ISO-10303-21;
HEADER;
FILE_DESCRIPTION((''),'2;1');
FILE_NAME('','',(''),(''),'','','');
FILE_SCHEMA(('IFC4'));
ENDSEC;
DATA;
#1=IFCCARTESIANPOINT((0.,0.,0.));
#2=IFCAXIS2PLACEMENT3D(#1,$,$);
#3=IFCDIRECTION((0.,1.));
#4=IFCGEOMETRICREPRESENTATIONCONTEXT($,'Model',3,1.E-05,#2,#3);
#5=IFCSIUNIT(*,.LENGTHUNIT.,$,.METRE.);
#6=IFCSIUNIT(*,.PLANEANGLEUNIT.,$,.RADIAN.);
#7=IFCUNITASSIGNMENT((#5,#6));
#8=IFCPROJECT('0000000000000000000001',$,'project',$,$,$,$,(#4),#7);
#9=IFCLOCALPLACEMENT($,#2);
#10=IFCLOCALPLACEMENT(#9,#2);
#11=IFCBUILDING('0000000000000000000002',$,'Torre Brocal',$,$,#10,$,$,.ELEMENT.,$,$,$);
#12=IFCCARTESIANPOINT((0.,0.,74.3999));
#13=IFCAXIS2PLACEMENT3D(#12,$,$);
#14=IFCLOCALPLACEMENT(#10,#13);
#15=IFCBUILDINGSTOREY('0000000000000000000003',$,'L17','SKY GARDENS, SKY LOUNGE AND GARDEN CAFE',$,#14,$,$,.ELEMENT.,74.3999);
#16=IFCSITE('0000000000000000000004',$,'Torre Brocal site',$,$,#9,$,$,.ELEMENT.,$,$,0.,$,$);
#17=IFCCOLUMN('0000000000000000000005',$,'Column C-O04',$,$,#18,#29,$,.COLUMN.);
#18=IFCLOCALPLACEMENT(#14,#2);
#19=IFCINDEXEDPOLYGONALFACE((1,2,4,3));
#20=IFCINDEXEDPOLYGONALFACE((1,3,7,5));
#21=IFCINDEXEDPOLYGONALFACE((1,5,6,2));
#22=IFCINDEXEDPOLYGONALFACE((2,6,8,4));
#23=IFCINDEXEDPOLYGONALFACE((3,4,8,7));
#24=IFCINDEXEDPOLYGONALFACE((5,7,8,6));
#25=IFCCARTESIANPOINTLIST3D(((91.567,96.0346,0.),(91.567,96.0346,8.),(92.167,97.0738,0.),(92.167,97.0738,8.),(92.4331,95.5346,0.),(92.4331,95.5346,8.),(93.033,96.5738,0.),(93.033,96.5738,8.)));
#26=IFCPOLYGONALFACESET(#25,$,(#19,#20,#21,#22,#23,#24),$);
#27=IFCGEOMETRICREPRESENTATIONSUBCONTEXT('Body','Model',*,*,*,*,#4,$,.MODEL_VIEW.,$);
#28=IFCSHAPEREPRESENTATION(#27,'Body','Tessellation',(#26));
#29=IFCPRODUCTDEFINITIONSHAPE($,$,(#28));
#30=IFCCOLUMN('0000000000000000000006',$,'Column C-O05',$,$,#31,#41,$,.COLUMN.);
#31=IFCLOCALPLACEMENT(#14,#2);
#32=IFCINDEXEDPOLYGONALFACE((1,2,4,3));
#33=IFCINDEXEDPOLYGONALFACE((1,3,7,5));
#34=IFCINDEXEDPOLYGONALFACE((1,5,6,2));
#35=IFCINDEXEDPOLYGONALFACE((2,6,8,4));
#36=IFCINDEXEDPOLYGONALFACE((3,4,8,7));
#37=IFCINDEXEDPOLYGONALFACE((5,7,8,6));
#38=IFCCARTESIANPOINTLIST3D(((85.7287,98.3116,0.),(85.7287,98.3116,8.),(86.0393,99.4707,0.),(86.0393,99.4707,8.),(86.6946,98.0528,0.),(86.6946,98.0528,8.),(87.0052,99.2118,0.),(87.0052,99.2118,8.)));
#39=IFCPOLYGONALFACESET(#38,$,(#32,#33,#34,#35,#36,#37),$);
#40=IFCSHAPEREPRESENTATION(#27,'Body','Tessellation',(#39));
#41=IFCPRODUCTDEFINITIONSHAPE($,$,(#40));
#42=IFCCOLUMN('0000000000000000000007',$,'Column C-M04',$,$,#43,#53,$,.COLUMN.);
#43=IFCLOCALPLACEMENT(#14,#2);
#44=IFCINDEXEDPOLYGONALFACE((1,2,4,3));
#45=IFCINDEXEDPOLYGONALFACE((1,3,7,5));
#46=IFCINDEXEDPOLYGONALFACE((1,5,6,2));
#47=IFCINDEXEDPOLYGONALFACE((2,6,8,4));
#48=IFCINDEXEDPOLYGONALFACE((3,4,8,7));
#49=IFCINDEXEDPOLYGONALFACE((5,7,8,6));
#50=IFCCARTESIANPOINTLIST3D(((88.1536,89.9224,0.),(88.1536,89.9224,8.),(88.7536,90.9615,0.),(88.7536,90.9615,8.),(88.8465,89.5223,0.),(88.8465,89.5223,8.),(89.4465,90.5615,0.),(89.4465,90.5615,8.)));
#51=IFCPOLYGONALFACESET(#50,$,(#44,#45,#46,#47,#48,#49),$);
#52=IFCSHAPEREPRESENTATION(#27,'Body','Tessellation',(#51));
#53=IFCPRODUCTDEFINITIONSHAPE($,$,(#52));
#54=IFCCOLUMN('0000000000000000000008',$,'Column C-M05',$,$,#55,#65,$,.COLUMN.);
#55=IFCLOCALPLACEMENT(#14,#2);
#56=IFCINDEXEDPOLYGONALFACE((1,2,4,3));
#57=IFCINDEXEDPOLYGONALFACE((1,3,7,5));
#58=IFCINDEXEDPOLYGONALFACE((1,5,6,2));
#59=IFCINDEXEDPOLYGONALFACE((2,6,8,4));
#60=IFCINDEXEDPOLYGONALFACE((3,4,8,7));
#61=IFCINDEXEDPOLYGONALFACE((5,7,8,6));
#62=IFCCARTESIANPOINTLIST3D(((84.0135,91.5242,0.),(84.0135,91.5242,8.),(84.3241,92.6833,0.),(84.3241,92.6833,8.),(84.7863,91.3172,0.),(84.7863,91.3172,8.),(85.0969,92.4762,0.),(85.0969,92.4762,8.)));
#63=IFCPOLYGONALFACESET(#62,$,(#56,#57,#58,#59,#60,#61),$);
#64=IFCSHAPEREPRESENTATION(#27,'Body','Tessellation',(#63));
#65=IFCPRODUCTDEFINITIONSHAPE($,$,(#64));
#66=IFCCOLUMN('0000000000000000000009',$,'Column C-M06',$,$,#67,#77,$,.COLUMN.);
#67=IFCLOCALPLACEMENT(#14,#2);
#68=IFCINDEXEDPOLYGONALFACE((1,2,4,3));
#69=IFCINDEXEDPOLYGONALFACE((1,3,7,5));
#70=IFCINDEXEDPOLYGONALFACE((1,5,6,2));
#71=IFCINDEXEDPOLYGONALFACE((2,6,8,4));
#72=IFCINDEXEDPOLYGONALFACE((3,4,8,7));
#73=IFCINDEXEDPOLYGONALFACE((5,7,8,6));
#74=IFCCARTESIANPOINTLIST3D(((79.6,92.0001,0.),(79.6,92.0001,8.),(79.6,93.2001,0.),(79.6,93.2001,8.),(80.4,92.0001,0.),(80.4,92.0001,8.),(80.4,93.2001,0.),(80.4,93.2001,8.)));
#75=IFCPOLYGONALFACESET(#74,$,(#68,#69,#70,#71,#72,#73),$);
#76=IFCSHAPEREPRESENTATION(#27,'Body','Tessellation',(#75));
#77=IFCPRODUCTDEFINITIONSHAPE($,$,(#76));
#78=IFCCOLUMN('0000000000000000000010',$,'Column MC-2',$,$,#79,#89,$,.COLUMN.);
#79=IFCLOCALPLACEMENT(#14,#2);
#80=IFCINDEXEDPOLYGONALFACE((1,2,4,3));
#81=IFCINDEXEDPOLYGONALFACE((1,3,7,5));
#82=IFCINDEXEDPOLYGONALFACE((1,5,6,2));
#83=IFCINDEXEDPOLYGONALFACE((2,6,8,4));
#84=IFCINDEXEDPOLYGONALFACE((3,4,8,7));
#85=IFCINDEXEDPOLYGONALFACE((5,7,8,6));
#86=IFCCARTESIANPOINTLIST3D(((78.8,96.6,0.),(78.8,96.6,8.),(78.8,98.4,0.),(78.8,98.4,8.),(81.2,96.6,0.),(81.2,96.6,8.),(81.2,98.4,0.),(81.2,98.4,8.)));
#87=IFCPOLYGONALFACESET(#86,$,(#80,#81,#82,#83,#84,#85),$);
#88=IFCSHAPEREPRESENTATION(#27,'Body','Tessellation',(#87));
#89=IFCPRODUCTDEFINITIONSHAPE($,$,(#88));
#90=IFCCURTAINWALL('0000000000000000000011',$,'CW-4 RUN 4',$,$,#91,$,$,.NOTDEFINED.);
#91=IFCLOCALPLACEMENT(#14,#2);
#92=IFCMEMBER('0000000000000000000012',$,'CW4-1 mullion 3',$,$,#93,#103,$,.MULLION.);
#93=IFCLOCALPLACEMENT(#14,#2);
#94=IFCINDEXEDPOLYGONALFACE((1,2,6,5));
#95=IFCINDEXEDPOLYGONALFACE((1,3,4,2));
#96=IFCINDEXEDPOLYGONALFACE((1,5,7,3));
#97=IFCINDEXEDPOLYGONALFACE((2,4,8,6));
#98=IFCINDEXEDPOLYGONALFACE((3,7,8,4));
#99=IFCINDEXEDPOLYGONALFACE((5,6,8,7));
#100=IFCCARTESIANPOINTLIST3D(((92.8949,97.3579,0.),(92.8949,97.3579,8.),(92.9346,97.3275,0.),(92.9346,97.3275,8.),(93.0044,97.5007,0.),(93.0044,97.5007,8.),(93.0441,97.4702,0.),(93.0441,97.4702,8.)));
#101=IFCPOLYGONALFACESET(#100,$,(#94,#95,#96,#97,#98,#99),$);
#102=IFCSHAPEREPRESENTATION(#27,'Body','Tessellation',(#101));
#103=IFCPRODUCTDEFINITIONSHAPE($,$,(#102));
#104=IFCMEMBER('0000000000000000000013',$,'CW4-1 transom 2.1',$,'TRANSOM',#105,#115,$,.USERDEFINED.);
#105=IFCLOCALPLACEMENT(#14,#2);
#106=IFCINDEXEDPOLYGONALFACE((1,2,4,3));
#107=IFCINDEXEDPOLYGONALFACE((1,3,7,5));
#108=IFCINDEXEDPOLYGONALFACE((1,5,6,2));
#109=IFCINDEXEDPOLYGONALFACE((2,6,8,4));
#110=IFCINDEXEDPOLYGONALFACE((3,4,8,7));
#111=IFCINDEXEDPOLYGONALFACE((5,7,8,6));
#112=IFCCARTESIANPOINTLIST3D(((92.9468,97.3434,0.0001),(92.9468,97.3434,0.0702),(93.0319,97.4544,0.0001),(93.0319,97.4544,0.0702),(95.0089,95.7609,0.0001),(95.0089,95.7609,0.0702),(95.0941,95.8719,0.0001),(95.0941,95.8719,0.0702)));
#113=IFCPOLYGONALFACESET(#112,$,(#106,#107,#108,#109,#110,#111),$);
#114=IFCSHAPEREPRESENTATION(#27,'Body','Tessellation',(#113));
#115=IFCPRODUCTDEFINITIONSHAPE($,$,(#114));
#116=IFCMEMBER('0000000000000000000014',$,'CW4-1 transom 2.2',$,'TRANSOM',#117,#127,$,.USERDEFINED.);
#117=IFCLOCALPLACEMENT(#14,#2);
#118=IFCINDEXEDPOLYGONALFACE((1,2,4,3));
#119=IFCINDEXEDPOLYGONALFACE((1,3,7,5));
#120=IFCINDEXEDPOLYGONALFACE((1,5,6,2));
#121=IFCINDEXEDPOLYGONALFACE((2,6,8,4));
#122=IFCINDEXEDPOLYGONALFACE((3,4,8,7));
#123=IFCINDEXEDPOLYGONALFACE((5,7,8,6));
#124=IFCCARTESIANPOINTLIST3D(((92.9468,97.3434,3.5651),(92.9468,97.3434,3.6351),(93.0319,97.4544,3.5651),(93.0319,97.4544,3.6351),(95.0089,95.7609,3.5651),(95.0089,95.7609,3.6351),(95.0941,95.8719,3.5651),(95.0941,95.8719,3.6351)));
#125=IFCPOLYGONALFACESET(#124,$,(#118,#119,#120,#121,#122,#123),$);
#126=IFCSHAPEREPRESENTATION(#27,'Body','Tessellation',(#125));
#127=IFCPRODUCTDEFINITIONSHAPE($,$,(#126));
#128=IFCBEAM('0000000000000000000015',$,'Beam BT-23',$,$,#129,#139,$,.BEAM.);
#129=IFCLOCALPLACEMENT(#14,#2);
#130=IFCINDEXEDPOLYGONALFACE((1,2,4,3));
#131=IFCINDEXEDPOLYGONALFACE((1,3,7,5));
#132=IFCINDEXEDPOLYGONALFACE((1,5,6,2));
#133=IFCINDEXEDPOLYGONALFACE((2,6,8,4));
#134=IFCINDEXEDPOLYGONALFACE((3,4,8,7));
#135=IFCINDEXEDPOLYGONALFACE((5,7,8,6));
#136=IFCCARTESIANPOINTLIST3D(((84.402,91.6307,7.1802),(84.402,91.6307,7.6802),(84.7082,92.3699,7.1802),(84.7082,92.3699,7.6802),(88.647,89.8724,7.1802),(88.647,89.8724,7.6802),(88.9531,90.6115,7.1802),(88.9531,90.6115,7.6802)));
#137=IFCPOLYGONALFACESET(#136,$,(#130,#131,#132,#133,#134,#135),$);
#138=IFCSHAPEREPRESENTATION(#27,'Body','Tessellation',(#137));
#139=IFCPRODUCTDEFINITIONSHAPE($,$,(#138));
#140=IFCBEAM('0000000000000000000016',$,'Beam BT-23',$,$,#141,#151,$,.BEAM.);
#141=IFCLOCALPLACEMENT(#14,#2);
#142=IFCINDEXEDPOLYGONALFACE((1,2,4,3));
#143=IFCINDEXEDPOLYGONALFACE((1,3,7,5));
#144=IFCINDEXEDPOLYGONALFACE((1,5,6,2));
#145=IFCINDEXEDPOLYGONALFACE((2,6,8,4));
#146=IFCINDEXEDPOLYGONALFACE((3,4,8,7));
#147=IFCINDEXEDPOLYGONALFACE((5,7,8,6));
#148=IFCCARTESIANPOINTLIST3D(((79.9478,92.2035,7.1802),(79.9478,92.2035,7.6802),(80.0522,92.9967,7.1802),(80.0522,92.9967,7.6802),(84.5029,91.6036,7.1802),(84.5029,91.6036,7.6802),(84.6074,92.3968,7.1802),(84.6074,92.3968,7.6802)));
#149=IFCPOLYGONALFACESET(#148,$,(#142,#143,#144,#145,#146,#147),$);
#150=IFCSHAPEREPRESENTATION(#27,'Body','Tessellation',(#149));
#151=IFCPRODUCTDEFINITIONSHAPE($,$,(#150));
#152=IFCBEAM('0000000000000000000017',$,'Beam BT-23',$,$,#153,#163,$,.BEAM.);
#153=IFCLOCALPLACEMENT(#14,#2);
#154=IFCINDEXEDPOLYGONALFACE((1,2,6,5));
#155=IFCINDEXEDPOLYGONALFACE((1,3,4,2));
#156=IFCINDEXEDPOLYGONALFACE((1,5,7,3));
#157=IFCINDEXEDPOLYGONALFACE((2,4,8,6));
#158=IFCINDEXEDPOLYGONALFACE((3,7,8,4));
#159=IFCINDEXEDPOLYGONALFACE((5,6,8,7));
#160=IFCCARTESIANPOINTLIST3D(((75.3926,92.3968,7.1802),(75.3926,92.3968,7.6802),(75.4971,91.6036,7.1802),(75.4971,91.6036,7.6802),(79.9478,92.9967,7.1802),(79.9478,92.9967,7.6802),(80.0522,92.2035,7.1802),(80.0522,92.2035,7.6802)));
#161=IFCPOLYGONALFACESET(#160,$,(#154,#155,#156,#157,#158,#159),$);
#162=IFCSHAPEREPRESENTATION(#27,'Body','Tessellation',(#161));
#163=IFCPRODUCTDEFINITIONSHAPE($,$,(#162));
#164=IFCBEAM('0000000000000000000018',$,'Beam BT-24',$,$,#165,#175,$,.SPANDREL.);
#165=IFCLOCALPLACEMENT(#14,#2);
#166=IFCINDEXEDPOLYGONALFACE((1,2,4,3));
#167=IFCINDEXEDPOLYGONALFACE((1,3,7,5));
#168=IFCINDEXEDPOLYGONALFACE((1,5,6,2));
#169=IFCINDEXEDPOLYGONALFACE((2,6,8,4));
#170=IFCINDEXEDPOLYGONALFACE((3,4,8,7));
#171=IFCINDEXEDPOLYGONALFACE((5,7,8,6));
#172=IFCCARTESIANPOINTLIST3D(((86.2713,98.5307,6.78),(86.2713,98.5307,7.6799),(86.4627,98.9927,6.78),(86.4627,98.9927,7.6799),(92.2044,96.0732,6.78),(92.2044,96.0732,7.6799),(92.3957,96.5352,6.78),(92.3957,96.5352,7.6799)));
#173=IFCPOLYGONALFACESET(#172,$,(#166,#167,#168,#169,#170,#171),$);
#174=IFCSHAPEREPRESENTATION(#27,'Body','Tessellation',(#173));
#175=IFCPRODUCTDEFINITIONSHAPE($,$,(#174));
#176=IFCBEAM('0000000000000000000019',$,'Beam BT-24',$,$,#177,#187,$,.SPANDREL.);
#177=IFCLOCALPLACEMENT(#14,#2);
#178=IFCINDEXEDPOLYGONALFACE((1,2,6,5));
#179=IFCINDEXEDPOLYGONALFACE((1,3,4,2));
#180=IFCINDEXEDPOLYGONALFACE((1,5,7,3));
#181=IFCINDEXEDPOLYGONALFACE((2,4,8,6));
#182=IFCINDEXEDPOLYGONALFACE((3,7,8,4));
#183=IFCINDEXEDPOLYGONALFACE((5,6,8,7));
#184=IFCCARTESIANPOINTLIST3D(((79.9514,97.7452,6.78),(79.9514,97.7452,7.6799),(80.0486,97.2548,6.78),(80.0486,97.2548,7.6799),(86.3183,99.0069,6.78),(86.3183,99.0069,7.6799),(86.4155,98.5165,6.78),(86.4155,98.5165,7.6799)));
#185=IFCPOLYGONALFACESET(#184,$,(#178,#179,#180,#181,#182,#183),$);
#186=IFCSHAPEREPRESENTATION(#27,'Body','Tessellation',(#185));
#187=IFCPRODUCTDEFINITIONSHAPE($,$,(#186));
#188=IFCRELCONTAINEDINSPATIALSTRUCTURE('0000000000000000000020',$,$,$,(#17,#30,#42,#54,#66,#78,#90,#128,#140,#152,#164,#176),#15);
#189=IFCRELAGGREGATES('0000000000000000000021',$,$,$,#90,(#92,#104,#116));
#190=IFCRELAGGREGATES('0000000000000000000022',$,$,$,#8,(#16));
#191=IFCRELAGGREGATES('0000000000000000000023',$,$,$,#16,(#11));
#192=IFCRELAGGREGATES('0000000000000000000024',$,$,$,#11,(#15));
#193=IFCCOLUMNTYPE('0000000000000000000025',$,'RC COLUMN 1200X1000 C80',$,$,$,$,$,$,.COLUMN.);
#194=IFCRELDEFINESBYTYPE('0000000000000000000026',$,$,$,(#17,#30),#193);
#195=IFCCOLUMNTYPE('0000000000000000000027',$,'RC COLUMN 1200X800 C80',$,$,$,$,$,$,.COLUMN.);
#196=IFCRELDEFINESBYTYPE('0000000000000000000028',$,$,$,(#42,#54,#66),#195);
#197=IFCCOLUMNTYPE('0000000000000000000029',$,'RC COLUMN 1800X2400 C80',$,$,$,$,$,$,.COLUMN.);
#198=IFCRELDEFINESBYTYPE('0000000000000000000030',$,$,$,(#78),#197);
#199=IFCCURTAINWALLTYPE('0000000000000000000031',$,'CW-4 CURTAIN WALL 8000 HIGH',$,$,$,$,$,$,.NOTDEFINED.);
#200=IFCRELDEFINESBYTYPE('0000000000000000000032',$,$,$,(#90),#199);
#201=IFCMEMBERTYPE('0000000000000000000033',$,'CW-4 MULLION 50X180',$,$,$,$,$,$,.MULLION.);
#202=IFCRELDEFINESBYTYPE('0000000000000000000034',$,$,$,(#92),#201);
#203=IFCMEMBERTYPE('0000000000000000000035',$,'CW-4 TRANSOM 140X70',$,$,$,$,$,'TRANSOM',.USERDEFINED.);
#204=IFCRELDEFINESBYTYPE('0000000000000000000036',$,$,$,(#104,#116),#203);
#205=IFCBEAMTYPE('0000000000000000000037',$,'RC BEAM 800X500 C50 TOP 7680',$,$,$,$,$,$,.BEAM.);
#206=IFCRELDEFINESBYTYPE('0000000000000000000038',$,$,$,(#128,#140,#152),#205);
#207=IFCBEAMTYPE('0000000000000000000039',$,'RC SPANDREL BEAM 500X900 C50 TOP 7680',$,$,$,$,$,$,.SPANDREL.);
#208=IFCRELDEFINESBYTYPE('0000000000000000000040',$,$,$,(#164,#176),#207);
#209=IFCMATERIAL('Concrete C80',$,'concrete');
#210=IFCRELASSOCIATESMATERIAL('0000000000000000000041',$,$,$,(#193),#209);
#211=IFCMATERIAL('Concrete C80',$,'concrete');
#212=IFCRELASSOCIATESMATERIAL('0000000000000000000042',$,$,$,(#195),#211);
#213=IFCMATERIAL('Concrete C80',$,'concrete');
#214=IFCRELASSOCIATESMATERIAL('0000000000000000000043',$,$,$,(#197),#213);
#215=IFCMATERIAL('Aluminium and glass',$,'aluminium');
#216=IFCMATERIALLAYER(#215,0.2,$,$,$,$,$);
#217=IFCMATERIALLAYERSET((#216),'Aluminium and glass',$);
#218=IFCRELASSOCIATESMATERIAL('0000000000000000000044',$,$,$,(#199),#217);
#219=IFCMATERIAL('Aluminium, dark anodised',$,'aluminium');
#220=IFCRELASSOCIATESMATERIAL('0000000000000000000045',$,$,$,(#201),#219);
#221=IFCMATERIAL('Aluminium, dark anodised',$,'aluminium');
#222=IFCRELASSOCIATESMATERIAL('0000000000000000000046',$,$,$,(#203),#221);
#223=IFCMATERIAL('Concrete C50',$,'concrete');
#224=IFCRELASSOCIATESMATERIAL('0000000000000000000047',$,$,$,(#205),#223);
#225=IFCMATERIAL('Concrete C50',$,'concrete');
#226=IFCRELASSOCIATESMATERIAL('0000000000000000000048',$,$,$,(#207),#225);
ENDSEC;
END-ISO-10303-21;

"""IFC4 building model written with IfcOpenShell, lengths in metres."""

from ifc_helpers import new_model, si_unit, direction, frame, origin, origin_2d, place, context, subcontext, project, spatial, rectangle, extrude, material, layer, layer_set, material_profile, profile_set, type_object, element, aggregate, save


model = new_model("IFC4")

# Units and contexts
model_context = context("Model", 3, precision=1e-05, world=origin(), true_north=direction((0.0, 1.0)))
body_context = subcontext(model_context, "Body", "Model", "MODEL_VIEW")
ifc_project = project(units=[si_unit("LENGTHUNIT", "METRE"), si_unit("PLANEANGLEUNIT", "RADIAN")], contexts=[model_context])

# Site, building, storey
site_placement = place(None, origin())
site = spatial("IfcSite", under=ifc_project, at=site_placement, Name="Torre Brocal site", CompositionType="ELEMENT", RefElevation=0.0)
building_placement = place(site_placement, origin())
building = spatial("IfcBuilding", under=site, at=building_placement, Name="Torre Brocal", CompositionType="ELEMENT")
storey_placement = place(building_placement, frame((0.0, 0.0, 74.3999)))
storey = spatial("IfcBuildingStorey", under=building, at=storey_placement, Name="L17", Description="SKY GARDENS, SKY LOUNGE AND GARDEN CAFE", CompositionType="ELEMENT", Elevation=74.3999)

# Columns
ifc_material_1 = material(Name="Concrete C80", Category="concrete")
ifc_material_profile_1 = material_profile(ifc_material_1, rectangle(XDim=1.2, YDim=1.0, at=origin_2d()), Name="RC 1200X1000")
ifc_profile_set_1 = profile_set([ifc_material_profile_1], Name="Concrete C80")
column_type_1 = type_object("IfcColumnType", Name="RC COLUMN 1200X1000 C80", PredefinedType="COLUMN", material=ifc_profile_set_1)
for number, where, z_axis, x_axis, name in (
    (1, (92.3, 96.3042, 0.0), (0.0, 0.0, 1.0), (0.5, 0.866025, 0.0), "Column C-O04"),
    (2, (86.3669, 98.7617, 0.0), (0.0, 0.0, 1.0), (0.258819, 0.965926, 0.0), "Column C-O05"),
):
    element("IfcColumn", number, at=place(storey_placement, frame(where, z_axis=z_axis, x_axis=x_axis)), inside=storey, type_object=column_type_1, Name=name, PredefinedType="COLUMN", context=body_context, shape_type="SweptSolid", body=[
        extrude(rectangle(XDim=1.2, YDim=1.0, at=origin_2d()), origin(), (0.0, 0.0, 1.0), 8.0),
    ])
ifc_material_2 = material(Name="Concrete C80", Category="concrete")
ifc_material_profile_2 = material_profile(ifc_material_2, rectangle(XDim=1.2, YDim=0.8, at=origin_2d()), Name="RC 1200X800")
ifc_profile_set_2 = profile_set([ifc_material_profile_2], Name="Concrete C80")
column_type_2 = type_object("IfcColumnType", Name="RC COLUMN 1200X800 C80", PredefinedType="COLUMN", material=ifc_profile_set_2)
for number, where, z_axis, x_axis, name in (
    (3, (88.8, 90.2419, 0.0), (0.0, 0.0, 1.0), (0.5, 0.866025, 0.0), "Column C-M04"),
    (4, (84.5552, 92.0002, 0.0), (0.0, 0.0, 1.0), (0.258819, 0.965926, 0.0), "Column C-M05"),
    (5, (80.0, 92.6001, 0.0), (0.0, 0.0, 1.0), (0.0, 1.0, 0.0), "Column C-M06"),
):
    element("IfcColumn", number, at=place(storey_placement, frame(where, z_axis=z_axis, x_axis=x_axis)), inside=storey, type_object=column_type_2, Name=name, PredefinedType="COLUMN", context=body_context, shape_type="SweptSolid", body=[
        extrude(rectangle(XDim=1.2, YDim=0.8, at=origin_2d()), origin(), (0.0, 0.0, 1.0), 8.0),
    ])
ifc_material_3 = material(Name="Concrete C80", Category="concrete")
ifc_material_profile_3 = material_profile(ifc_material_3, rectangle(XDim=1.8, YDim=2.3999, at=origin_2d()), Name="RC 1800X2400")
ifc_profile_set_3 = profile_set([ifc_material_profile_3], Name="Concrete C80")
column_type_3 = type_object("IfcColumnType", Name="RC COLUMN 1800X2400 C80", PredefinedType="COLUMN", material=ifc_profile_set_3)
column_placement = place(storey_placement, frame((80.0, 97.5, 0.0), z_axis=(0.0, 0.0, 1.0), x_axis=(0.0, 1.0, 0.0)))
element("IfcColumn", 6, at=column_placement, inside=storey, type_object=column_type_3, Name="Column MC-2", PredefinedType="COLUMN", context=body_context, shape_type="SweptSolid", body=[
    extrude(rectangle(XDim=1.8, YDim=2.3999, at=origin_2d()), origin(), (0.0, 0.0, 1.0), 8.0),
])

# Curtain wall, members
ifc_material_4 = material(Name="Aluminium and glass", Category="aluminium")
ifc_layer_1 = layer(ifc_material_4, 0.2)
ifc_layer_set_1 = layer_set([ifc_layer_1], Name="Aluminium and glass")
curtain_wall_type = type_object("IfcCurtainWallType", Name="CW-4 CURTAIN WALL 8000 HIGH", PredefinedType="NOTDEFINED", material=ifc_layer_set_1)
curtain_wall_placement = place(storey_placement, origin())
curtain_wall = element("IfcCurtainWall", 7, at=curtain_wall_placement, inside=storey, type_object=curtain_wall_type, Name="CW-4 RUN 4", PredefinedType="NOTDEFINED")
ifc_material_5 = material(Name="Aluminium, dark anodised", Category="aluminium")
ifc_material_profile_4 = material_profile(ifc_material_5, rectangle(XDim=0.1799, YDim=0.05, at=origin_2d()), Name="CW-4 MULLION 50X180")
ifc_profile_set_4 = profile_set([ifc_material_profile_4], Name="Aluminium, dark anodised")
member_type_1 = type_object("IfcMemberType", Name="CW-4 MULLION 50X180", PredefinedType="MULLION", material=ifc_profile_set_4)
member_1_placement = place(storey_placement, frame((92.9695, 97.4141, 0.0), z_axis=(0.0, 0.0, 1.0), x_axis=(-0.608761, -0.793353, 0.0)))
member_1 = element("IfcMember", 8, at=member_1_placement, type_object=member_type_1, Name="CW4-1 mullion 3", PredefinedType="MULLION", context=body_context, shape_type="SweptSolid", body=[
    extrude(rectangle(XDim=0.1799, YDim=0.05, at=origin_2d()), origin(), (0.0, 0.0, 1.0), 8.0),
])
ifc_material_6 = material(Name="Aluminium, dark anodised", Category="aluminium")
ifc_material_profile_5 = material_profile(ifc_material_6, rectangle(XDim=0.1399, YDim=0.0701, at=origin_2d()), Name="CW-4 TRANSOM 140X70")
ifc_profile_set_5 = profile_set([ifc_material_profile_5], Name="Aluminium, dark anodised")
member_type_2 = type_object("IfcMemberType", Name="CW-4 TRANSOM 140X70", ElementType="TRANSOM", PredefinedType="USERDEFINED", material=ifc_profile_set_5)
member_2_placement = place(storey_placement, frame((95.0515, 95.8164, 0.0352), z_axis=(-0.793336, 0.608784, 0.0), x_axis=(-0.608784, -0.793336, 0.0)))
member_2 = element("IfcMember", 9, at=member_2_placement, type_object=member_type_2, Name="CW4-1 transom 2.1", ObjectType="TRANSOM", PredefinedType="USERDEFINED", context=body_context, shape_type="SweptSolid", body=[
    extrude(rectangle(XDim=0.1399, YDim=0.0701, at=origin_2d()), origin(), (0.0, 0.0, 1.0), 2.5994),
])
member_3_placement = place(storey_placement, frame((95.0515, 95.8164, 3.6001), z_axis=(-0.793336, 0.608784, 0.0), x_axis=(-0.608784, -0.793336, 0.0)))
member_3 = element("IfcMember", 10, at=member_3_placement, type_object=member_type_2, Name="CW4-1 transom 2.2", ObjectType="TRANSOM", PredefinedType="USERDEFINED", context=body_context, shape_type="SweptSolid", body=[
    extrude(rectangle(XDim=0.1399, YDim=0.0701, at=origin_2d()), origin(), (0.0, 0.0, 1.0), 2.5994),
])

# Beams
ifc_material_7 = material(Name="Concrete C50", Category="concrete")
ifc_material_profile_6 = material_profile(ifc_material_7, rectangle(XDim=0.8, YDim=0.5, at=origin_2d()), Name="RC 800X500")
ifc_profile_set_6 = profile_set([ifc_material_profile_6], Name="Concrete C50")
beam_type_1 = type_object("IfcBeamType", Name="RC BEAM 800X500 C50 TOP 7680", PredefinedType="BEAM", material=ifc_profile_set_6)
beam_1_placement = place(storey_placement, frame((88.8, 90.2419, 7.4302), z_axis=(-0.923878, 0.382687, 0.0), x_axis=(-0.382687, -0.923878, 0.0)))
element("IfcBeam", 11, at=beam_1_placement, inside=storey, type_object=beam_type_1, Name="Beam BT-23", PredefinedType="BEAM", context=body_context, shape_type="SweptSolid", body=[
    extrude(rectangle(XDim=0.8, YDim=0.5, at=origin_2d()), origin(), (0.0, 0.0, 1.0), 4.5947),
])
for number, where, z_axis, x_axis, name in (
    (12, (84.5552, 92.0002, 7.4302), (-0.991441, 0.130559, 0.0), (-0.130559, -0.991441, 0.0), "Beam BT-23"),
    (13, (80.0, 92.6001, 7.4302), (-0.991441, -0.130559, 0.0), (0.130559, -0.991441, 0.0), "Beam BT-23"),
):
    element("IfcBeam", number, at=place(storey_placement, frame(where, z_axis=z_axis, x_axis=x_axis)), inside=storey, type_object=beam_type_1, Name=name, PredefinedType="BEAM", context=body_context, shape_type="SweptSolid", body=[
        extrude(rectangle(XDim=0.8, YDim=0.5, at=origin_2d()), origin(), (0.0, 0.0, 1.0), 4.5945),
    ])
ifc_material_8 = material(Name="Concrete C50", Category="concrete")
ifc_material_profile_7 = material_profile(ifc_material_8, rectangle(XDim=0.5, YDim=0.8999, at=origin_2d()), Name="RC 500X900")
ifc_profile_set_7 = profile_set([ifc_material_profile_7], Name="Concrete C50")
beam_type_2 = type_object("IfcBeamType", Name="RC SPANDREL BEAM 500X900 C50 TOP 7680", PredefinedType="SPANDREL", material=ifc_profile_set_7)
beam_2_placement = place(storey_placement, frame((92.3, 96.3042, 7.23), z_axis=(-0.923882, 0.382676, 0.0), x_axis=(-0.382676, -0.923882, 0.0)))
element("IfcBeam", 14, at=beam_2_placement, inside=storey, type_object=beam_type_2, Name="Beam BT-24", PredefinedType="SPANDREL", context=body_context, shape_type="SweptSolid", body=[
    extrude(rectangle(XDim=0.5, YDim=0.8999, at=origin_2d()), origin(), (0.0, 0.0, 1.0), 6.4219),
])
for number, where, z_axis, x_axis, name in (
    (15, (86.3669, 98.7617, 7.23), (-0.980925, -0.194387, 0.0), (0.194387, -0.980925, 0.0), "Beam BT-24"),
):
    element("IfcBeam", number, at=place(storey_placement, frame(where, z_axis=z_axis, x_axis=x_axis)), inside=storey, type_object=beam_type_2, Name=name, PredefinedType="SPANDREL", context=body_context, shape_type="SweptSolid", body=[
        extrude(rectangle(XDim=0.5, YDim=0.8999, at=origin_2d()), origin(), (0.0, 0.0, 1.0), 6.4907),
    ])

aggregate(curtain_wall, [member_1, member_2, member_3])

save(model, "model.ifc")
